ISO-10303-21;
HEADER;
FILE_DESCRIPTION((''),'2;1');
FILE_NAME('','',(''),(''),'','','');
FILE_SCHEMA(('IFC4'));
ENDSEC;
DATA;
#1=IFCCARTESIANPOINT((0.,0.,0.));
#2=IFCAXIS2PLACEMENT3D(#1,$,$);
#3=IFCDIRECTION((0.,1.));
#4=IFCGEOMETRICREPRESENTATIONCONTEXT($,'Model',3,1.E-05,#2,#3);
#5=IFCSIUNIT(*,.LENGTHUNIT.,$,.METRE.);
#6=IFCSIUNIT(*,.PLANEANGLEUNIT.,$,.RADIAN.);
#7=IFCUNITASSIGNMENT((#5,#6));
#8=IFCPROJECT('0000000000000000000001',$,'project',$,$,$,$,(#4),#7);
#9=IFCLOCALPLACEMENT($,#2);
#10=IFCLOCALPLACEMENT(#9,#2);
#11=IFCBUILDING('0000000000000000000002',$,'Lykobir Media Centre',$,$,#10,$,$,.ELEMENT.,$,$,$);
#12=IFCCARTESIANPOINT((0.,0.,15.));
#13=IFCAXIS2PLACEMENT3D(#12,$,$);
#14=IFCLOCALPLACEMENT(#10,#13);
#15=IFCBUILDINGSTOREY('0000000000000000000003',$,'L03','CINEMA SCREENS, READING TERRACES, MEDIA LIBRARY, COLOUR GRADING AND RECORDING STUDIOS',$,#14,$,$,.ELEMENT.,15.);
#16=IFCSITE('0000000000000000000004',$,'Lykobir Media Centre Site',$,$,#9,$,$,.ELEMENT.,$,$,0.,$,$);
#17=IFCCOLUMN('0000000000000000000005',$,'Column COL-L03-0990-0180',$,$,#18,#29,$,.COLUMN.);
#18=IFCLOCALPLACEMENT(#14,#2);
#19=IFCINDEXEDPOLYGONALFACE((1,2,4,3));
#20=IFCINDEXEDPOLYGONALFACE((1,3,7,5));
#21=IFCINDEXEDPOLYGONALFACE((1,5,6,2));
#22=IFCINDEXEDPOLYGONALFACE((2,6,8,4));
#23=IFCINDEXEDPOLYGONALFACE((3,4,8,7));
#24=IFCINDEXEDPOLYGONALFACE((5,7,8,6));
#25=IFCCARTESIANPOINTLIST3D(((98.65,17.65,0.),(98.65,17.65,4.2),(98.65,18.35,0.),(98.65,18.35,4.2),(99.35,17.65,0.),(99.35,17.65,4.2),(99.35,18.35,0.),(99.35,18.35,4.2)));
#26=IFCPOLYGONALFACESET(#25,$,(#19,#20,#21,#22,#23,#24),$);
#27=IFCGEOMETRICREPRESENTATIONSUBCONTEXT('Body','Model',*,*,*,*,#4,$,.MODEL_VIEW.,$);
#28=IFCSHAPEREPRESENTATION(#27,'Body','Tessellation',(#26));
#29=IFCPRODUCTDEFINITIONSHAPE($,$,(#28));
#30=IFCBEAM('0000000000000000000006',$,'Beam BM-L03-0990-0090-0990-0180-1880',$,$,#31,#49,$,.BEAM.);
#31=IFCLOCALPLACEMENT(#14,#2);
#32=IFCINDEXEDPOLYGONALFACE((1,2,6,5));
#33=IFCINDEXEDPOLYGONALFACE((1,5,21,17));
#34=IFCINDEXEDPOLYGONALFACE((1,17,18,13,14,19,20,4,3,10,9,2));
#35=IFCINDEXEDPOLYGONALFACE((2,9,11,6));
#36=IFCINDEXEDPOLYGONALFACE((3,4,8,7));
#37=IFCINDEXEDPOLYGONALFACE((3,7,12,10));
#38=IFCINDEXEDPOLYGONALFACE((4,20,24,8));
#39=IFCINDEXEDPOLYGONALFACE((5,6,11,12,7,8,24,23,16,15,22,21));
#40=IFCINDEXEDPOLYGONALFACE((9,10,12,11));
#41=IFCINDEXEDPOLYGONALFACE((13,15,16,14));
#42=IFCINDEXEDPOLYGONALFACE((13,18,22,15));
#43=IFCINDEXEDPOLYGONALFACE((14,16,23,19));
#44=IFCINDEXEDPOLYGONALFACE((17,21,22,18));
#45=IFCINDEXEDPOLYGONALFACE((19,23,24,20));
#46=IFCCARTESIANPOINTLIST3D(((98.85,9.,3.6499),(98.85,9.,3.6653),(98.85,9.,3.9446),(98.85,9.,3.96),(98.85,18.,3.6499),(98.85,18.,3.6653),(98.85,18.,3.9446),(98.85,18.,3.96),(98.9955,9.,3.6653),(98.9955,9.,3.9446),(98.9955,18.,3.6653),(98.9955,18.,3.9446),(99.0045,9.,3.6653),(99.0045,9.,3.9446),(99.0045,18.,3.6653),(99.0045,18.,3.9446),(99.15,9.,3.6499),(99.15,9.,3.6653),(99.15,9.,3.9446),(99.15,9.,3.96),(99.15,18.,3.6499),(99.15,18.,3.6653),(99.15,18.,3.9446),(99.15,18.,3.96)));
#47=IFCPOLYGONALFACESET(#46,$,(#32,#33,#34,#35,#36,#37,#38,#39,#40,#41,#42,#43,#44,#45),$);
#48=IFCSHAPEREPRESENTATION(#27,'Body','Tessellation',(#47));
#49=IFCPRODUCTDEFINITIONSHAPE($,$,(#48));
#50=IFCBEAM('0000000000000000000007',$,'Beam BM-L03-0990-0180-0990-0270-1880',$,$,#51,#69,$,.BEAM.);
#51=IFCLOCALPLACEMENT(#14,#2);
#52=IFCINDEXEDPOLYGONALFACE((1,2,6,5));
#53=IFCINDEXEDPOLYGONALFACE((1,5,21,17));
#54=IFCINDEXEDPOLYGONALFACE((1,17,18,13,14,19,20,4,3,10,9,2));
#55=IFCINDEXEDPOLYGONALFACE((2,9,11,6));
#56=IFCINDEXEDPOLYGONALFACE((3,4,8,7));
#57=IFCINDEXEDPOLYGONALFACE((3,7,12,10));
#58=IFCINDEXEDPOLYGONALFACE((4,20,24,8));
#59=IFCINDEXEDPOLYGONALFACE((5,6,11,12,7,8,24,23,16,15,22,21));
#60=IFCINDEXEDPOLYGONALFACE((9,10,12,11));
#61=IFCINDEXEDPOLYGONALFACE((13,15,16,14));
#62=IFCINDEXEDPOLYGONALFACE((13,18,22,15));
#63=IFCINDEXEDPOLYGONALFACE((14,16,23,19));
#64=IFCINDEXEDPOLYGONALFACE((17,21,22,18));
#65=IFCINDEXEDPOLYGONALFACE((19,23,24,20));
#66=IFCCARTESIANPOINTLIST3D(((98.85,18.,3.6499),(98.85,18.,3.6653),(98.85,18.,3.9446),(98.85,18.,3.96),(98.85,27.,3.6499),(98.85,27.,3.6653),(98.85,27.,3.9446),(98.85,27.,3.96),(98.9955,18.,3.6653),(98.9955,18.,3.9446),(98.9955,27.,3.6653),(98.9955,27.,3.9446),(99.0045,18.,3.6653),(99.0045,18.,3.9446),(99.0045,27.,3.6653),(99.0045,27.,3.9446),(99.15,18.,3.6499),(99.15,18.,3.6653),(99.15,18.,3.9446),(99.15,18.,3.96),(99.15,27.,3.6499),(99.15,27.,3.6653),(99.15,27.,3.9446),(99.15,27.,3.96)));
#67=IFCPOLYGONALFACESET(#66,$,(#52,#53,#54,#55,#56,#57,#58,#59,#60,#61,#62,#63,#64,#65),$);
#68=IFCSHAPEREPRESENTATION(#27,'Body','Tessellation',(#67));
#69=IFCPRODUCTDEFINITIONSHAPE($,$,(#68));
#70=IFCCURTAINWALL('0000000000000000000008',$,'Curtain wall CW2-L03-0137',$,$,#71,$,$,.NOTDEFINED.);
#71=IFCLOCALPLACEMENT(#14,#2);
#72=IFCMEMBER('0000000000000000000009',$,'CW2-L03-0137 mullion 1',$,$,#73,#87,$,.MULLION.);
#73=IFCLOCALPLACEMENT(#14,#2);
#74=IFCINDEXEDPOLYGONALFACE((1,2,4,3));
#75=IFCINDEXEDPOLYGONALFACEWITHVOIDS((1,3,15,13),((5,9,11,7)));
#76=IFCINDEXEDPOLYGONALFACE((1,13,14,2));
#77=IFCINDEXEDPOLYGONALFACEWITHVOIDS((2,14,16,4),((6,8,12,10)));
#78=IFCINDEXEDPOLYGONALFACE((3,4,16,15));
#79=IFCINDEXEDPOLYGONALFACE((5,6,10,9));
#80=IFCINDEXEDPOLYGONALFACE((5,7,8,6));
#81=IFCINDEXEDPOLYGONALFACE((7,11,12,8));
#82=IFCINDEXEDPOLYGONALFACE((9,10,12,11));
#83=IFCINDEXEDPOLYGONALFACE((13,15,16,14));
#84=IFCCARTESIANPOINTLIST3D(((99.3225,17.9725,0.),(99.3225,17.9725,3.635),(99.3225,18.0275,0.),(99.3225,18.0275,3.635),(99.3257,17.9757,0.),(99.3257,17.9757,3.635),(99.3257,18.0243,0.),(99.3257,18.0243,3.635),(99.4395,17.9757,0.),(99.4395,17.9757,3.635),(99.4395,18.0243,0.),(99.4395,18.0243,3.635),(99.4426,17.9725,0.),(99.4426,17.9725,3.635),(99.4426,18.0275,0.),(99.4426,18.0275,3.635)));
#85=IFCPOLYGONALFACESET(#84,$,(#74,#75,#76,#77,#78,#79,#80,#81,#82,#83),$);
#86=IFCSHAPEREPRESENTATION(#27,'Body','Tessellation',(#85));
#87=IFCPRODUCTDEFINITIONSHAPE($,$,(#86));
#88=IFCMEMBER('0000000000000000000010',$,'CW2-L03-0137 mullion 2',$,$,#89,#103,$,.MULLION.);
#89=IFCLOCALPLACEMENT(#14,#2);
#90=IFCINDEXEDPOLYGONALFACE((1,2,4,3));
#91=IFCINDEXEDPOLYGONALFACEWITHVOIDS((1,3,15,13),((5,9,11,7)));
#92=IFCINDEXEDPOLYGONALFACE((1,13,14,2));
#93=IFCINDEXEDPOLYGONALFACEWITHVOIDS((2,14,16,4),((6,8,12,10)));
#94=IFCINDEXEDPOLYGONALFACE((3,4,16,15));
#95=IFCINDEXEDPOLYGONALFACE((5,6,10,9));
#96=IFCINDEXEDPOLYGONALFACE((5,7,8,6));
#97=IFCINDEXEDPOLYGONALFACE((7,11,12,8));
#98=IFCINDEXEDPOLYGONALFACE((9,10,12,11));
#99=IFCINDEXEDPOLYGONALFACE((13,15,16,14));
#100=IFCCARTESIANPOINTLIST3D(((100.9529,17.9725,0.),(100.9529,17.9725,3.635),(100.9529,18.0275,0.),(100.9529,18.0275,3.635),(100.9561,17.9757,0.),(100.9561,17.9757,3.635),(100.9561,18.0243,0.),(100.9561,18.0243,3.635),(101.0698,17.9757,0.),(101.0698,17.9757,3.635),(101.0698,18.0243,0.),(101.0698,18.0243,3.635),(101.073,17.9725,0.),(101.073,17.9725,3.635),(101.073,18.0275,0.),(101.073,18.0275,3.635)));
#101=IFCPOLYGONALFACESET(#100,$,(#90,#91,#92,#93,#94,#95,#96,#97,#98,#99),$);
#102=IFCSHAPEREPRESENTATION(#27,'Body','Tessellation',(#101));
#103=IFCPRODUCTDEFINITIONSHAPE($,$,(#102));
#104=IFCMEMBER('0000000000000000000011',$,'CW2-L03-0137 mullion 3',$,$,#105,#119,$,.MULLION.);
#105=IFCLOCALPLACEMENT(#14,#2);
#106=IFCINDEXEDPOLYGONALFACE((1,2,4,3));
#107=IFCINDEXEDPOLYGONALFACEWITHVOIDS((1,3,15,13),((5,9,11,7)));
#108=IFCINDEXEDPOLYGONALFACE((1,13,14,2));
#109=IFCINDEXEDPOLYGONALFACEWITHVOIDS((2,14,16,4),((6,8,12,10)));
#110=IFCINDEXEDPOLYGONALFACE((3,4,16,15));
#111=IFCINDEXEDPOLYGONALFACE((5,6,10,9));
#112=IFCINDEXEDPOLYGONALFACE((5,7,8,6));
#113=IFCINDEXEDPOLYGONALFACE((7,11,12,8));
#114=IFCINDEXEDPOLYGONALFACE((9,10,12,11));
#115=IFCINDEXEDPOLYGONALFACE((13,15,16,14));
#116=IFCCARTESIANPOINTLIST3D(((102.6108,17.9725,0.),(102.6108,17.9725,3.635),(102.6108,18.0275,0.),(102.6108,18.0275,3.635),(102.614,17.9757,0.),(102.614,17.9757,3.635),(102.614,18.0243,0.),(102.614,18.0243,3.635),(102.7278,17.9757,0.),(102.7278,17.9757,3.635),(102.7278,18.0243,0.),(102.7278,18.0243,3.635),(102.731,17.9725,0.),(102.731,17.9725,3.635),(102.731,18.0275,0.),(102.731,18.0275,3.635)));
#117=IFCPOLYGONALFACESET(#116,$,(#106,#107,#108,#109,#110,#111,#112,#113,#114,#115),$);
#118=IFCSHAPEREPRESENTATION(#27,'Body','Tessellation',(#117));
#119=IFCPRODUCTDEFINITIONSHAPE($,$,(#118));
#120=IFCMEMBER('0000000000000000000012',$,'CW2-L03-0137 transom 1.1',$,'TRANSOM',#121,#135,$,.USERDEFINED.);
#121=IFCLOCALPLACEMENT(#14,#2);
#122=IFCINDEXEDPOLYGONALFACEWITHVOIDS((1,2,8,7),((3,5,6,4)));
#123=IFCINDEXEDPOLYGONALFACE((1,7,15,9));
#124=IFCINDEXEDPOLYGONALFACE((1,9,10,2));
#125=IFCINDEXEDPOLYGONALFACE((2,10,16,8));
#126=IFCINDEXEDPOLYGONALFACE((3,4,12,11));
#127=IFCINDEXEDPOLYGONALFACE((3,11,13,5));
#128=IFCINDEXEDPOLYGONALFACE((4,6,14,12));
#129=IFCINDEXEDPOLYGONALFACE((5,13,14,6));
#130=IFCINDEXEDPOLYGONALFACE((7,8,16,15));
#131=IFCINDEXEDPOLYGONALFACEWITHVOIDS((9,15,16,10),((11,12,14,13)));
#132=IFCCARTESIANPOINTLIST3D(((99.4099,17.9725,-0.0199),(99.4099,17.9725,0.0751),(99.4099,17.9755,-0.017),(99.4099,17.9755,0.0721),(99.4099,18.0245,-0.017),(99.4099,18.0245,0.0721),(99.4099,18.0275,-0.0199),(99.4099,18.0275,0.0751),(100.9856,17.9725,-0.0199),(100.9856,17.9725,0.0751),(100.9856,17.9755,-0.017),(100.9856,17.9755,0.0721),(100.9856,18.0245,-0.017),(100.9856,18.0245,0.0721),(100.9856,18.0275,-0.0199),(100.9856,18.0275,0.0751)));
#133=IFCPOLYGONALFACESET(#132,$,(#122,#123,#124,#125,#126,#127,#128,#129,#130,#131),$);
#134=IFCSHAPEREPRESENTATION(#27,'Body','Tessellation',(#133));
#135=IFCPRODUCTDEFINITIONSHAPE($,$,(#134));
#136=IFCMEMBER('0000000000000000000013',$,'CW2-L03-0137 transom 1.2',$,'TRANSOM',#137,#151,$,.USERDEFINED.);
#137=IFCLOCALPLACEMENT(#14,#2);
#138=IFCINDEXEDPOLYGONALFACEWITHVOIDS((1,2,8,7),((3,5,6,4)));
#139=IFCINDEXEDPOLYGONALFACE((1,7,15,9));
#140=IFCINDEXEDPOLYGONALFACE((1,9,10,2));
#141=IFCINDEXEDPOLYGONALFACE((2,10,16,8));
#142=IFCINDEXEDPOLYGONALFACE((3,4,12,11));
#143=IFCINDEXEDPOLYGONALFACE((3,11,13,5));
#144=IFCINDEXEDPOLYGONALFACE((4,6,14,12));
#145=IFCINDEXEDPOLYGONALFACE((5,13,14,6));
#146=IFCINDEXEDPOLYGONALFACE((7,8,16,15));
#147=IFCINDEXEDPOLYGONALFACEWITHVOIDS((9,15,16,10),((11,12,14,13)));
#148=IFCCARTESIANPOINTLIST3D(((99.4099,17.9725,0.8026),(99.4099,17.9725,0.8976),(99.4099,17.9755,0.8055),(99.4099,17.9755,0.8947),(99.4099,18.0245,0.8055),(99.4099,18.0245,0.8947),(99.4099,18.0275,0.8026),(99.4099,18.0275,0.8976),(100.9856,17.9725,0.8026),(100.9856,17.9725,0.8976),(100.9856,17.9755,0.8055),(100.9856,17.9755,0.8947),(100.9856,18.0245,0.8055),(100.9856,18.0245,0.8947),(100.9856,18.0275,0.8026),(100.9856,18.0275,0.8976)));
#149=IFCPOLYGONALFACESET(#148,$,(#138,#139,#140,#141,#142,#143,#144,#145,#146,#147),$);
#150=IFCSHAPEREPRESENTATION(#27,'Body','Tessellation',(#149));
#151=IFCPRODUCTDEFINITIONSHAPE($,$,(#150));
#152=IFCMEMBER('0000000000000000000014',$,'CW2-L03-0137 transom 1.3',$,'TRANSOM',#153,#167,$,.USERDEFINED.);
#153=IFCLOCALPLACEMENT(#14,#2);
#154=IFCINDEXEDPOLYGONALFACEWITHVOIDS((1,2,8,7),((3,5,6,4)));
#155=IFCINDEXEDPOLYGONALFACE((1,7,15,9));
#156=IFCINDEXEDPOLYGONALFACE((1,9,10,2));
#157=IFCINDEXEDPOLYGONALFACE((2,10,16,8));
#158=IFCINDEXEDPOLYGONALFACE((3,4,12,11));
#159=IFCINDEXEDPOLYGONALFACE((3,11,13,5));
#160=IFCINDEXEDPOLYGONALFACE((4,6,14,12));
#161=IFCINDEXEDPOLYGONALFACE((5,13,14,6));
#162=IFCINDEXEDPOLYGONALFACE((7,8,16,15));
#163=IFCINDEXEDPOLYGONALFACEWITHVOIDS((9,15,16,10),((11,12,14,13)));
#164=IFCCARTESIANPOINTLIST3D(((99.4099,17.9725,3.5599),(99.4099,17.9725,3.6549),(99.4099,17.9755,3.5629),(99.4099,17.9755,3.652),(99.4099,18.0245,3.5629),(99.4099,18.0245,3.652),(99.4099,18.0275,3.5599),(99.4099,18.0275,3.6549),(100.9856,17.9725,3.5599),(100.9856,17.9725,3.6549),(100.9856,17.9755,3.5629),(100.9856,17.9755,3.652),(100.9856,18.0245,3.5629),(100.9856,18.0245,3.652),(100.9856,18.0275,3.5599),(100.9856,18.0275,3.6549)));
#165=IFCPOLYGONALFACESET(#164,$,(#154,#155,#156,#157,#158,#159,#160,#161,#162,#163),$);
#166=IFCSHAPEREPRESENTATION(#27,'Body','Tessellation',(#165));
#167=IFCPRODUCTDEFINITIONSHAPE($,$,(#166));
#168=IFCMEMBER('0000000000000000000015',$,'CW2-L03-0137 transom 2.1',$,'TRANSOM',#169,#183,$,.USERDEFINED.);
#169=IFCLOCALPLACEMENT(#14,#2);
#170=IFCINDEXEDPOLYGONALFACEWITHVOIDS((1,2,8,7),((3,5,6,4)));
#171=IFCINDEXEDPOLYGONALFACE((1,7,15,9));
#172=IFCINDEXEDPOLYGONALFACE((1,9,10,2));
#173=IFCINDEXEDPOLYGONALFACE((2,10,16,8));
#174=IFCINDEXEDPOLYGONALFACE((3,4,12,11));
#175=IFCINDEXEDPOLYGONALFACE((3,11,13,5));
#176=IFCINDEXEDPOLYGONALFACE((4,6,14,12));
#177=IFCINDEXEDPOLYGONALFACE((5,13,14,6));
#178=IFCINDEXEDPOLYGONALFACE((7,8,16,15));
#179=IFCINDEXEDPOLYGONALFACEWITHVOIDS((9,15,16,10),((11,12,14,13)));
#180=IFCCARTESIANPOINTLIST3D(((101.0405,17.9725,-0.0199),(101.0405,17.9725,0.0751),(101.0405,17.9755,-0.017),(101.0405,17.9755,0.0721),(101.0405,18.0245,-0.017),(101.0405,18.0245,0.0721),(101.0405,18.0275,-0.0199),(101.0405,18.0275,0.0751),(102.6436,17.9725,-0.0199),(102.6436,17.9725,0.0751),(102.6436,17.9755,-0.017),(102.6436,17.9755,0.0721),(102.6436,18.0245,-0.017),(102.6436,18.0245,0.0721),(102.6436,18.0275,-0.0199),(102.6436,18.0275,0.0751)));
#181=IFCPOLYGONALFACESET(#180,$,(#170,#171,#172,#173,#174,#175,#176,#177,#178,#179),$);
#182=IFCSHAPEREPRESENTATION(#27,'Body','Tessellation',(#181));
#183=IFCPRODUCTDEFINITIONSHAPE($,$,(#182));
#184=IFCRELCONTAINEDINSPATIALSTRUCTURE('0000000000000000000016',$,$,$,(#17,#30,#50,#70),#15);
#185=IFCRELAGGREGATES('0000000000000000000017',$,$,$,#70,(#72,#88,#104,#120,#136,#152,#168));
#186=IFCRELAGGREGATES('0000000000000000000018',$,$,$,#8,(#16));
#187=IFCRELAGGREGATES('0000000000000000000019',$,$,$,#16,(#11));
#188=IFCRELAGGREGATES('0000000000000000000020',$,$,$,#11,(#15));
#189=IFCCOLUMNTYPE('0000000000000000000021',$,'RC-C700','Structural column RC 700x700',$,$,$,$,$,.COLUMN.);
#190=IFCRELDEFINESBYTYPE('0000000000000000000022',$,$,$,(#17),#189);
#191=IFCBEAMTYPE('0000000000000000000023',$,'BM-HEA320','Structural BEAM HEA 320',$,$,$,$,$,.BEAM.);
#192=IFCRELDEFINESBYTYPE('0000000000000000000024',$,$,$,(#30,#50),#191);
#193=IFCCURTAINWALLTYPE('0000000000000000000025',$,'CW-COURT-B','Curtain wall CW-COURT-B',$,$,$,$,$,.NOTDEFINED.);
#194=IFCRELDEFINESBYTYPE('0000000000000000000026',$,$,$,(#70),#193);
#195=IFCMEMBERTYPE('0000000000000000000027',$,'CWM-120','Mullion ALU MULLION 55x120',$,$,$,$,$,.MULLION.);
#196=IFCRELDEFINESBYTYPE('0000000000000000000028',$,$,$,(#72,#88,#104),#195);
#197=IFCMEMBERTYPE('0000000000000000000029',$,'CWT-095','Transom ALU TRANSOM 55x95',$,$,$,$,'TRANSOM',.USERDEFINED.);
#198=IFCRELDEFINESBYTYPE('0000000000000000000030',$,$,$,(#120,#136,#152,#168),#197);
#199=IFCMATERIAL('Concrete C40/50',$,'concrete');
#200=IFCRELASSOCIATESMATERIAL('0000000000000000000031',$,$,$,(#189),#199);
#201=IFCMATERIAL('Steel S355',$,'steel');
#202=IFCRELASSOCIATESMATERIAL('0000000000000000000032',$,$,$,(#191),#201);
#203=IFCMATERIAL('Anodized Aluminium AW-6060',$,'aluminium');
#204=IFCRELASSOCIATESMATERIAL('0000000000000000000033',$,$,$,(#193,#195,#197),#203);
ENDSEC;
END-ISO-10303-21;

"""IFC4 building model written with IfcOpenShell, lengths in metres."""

from ifc_helpers import new_model, si_unit, direction, frame, origin, origin_2d, place, context, subcontext, project, spatial, rectangle, hollow_rectangle, i_section, extrude, material, material_profile, profile_set, type_object, element, aggregate, save


model = new_model("IFC4")

# Units and contexts
model_context = context("Model", 3, precision=1e-05, world=origin(), true_north=direction((0.0, 1.0)))
body_context = subcontext(model_context, "Body", "Model", "MODEL_VIEW")
ifc_project = project(units=[si_unit("LENGTHUNIT", "METRE"), si_unit("PLANEANGLEUNIT", "RADIAN")], contexts=[model_context])

# Site, building, storey
site_placement = place(None, origin())
site = spatial("IfcSite", under=ifc_project, at=site_placement, Name="Lykobir Media Centre Site", CompositionType="ELEMENT", RefElevation=0.0)
building_placement = place(site_placement, origin())
building = spatial("IfcBuilding", under=site, at=building_placement, Name="Lykobir Media Centre", CompositionType="ELEMENT")
storey_placement = place(building_placement, frame((0.0, 0.0, 15.0)))
storey = spatial("IfcBuildingStorey", under=building, at=storey_placement, Name="L03", Description="CINEMA SCREENS, READING TERRACES, MEDIA LIBRARY, COLOUR GRADING AND RECORDING STUDIOS", CompositionType="ELEMENT", Elevation=15.0)

# Column
ifc_material_1 = material(Name="Concrete C40/50", Category="concrete")
ifc_material_profile_1 = material_profile(ifc_material_1, rectangle(XDim=0.7, YDim=0.7, at=origin_2d()), Name="RC 700x700")
ifc_profile_set_1 = profile_set([ifc_material_profile_1], Name="Concrete C40/50")
column_type = type_object("IfcColumnType", Name="RC-C700", Description="Structural column RC 700x700", PredefinedType="COLUMN", material=ifc_profile_set_1)
column_placement = place(storey_placement, frame((99.0, 18.0, 0.0), z_axis=(0.0, 0.0, 1.0), x_axis=(1.0, 0.0, 0.0)))
element("IfcColumn", 1, at=column_placement, inside=storey, type_object=column_type, Name="Column COL-L03-0990-0180", PredefinedType="COLUMN", context=body_context, shape_type="SweptSolid", body=[
    extrude(rectangle(XDim=0.7, YDim=0.7, at=origin_2d()), origin(), (0.0, 0.0, 1.0), 4.2),
])

# Beams
ifc_material_2 = material(Name="Steel S355", Category="steel")
ifc_material_profile_2 = material_profile(ifc_material_2, i_section(OverallWidth=0.3, OverallDepth=0.3101, WebThickness=0.009, FlangeThickness=0.0154, at=origin_2d()), Name="HEA 320")
ifc_profile_set_2 = profile_set([ifc_material_profile_2], Name="Steel S355")
beam_type_1 = type_object("IfcBeamType", Name="BM-HEA320", Description="Structural BEAM HEA 320", PredefinedType="BEAM", material=ifc_profile_set_2)
for number, where, z_axis, x_axis, name in (
    (2, (99.0, 9.0, 3.8049), (0.0, 1.0, 0.0), (-1.0, 0.0, 0.0), "Beam BM-L03-0990-0090-0990-0180-1880"),
    (3, (99.0, 18.0, 3.8049), (0.0, 1.0, 0.0), (-1.0, 0.0, 0.0), "Beam BM-L03-0990-0180-0990-0270-1880"),
):
    element("IfcBeam", number, at=place(storey_placement, frame(where, z_axis=z_axis, x_axis=x_axis)), inside=storey, type_object=beam_type_1, Name=name, PredefinedType="BEAM", context=body_context, shape_type="SweptSolid", body=[
        extrude(i_section(OverallWidth=0.3, OverallDepth=0.3101, WebThickness=0.009, FlangeThickness=0.0154, at=origin_2d()), origin(), (0.0, 0.0, 1.0), 9.0),
    ])

# Curtain wall, members
ifc_material_3 = material(Name="Anodized Aluminium AW-6060", Category="aluminium")
curtain_wall_type = type_object("IfcCurtainWallType", Name="CW-COURT-B", Description="Curtain wall CW-COURT-B", PredefinedType="NOTDEFINED", material=ifc_material_3)
curtain_wall_placement = place(storey_placement, origin())
curtain_wall = element("IfcCurtainWall", 4, at=curtain_wall_placement, inside=storey, type_object=curtain_wall_type, Name="Curtain wall CW2-L03-0137", PredefinedType="NOTDEFINED")
ifc_material_profile_3 = material_profile(ifc_material_3, hollow_rectangle(XDim=0.0549, YDim=0.1201, WallThickness=0.0032, at=origin_2d()), Name="ALU MULLION 55x120")
ifc_profile_set_3 = profile_set([ifc_material_profile_3], Name="Anodized Aluminium AW-6060")
member_type_1 = type_object("IfcMemberType", Name="CWM-120", Description="Mullion ALU MULLION 55x120", PredefinedType="MULLION", material=ifc_profile_set_3)
member_1_placement = place(storey_placement, frame((99.3826, 18.0, 0.0), z_axis=(0.0, 0.0, 1.0), x_axis=(0.0, 1.0, 0.0)))
member_1 = element("IfcMember", 5, at=member_1_placement, type_object=member_type_1, Name="CW2-L03-0137 mullion 1", PredefinedType="MULLION", context=body_context, shape_type="SweptSolid", body=[
    extrude(hollow_rectangle(XDim=0.0549, YDim=0.1201, WallThickness=0.0032, at=origin_2d()), origin(), (0.0, 0.0, 1.0), 3.635),
])
member_2_placement = place(storey_placement, frame((101.0129, 18.0, 0.0), z_axis=(0.0, 0.0, 1.0), x_axis=(0.0, 1.0, 0.0)))
member_2 = element("IfcMember", 6, at=member_2_placement, type_object=member_type_1, Name="CW2-L03-0137 mullion 2", PredefinedType="MULLION", context=body_context, shape_type="SweptSolid", body=[
    extrude(hollow_rectangle(XDim=0.0549, YDim=0.1201, WallThickness=0.0032, at=origin_2d()), origin(), (0.0, 0.0, 1.0), 3.635),
])
member_3_placement = place(storey_placement, frame((102.6709, 18.0, 0.0), z_axis=(0.0, 0.0, 1.0), x_axis=(0.0, 1.0, 0.0)))
member_3 = element("IfcMember", 7, at=member_3_placement, type_object=member_type_1, Name="CW2-L03-0137 mullion 3", PredefinedType="MULLION", context=body_context, shape_type="SweptSolid", body=[
    extrude(hollow_rectangle(XDim=0.0549, YDim=0.1201, WallThickness=0.0032, at=origin_2d()), origin(), (0.0, 0.0, 1.0), 3.635),
])
ifc_material_profile_4 = material_profile(ifc_material_3, hollow_rectangle(XDim=0.0549, YDim=0.095, WallThickness=0.0029, at=origin_2d()), Name="ALU TRANSOM 55x95")
ifc_profile_set_4 = profile_set([ifc_material_profile_4], Name="Anodized Aluminium AW-6060")
member_type_2 = type_object("IfcMemberType", Name="CWT-095", Description="Transom ALU TRANSOM 55x95", ElementType="TRANSOM", PredefinedType="USERDEFINED", material=ifc_profile_set_4)
member_4_placement = place(storey_placement, frame((99.4099, 18.0, 0.0276), z_axis=(1.0, 0.0, 0.0), x_axis=(0.0, 1.0, 0.0)))
member_4 = element("IfcMember", 8, at=member_4_placement, type_object=member_type_2, Name="CW2-L03-0137 transom 1.1", ObjectType="TRANSOM", PredefinedType="USERDEFINED", context=body_context, shape_type="SweptSolid", body=[
    extrude(hollow_rectangle(XDim=0.0549, YDim=0.095, WallThickness=0.0029, at=origin_2d()), origin(), (0.0, 0.0, 1.0), 1.5757),
])
member_5_placement = place(storey_placement, frame((99.4099, 18.0, 0.8501), z_axis=(1.0, 0.0, 0.0), x_axis=(0.0, 1.0, 0.0)))
member_5 = element("IfcMember", 9, at=member_5_placement, type_object=member_type_2, Name="CW2-L03-0137 transom 1.2", ObjectType="TRANSOM", PredefinedType="USERDEFINED", context=body_context, shape_type="SweptSolid", body=[
    extrude(hollow_rectangle(XDim=0.0549, YDim=0.095, WallThickness=0.0029, at=origin_2d()), origin(), (0.0, 0.0, 1.0), 1.5757),
])
member_6_placement = place(storey_placement, frame((99.4099, 18.0, 3.6074), z_axis=(1.0, 0.0, 0.0), x_axis=(0.0, 1.0, 0.0)))
member_6 = element("IfcMember", 10, at=member_6_placement, type_object=member_type_2, Name="CW2-L03-0137 transom 1.3", ObjectType="TRANSOM", PredefinedType="USERDEFINED", context=body_context, shape_type="SweptSolid", body=[
    extrude(hollow_rectangle(XDim=0.0549, YDim=0.095, WallThickness=0.0029, at=origin_2d()), origin(), (0.0, 0.0, 1.0), 1.5757),
])
member_7_placement = place(storey_placement, frame((101.0405, 18.0, 0.0276), z_axis=(1.0, 0.0, 0.0), x_axis=(0.0, 1.0, 0.0)))
member_7 = element("IfcMember", 11, at=member_7_placement, type_object=member_type_2, Name="CW2-L03-0137 transom 2.1", ObjectType="TRANSOM", PredefinedType="USERDEFINED", context=body_context, shape_type="SweptSolid", body=[
    extrude(hollow_rectangle(XDim=0.0549, YDim=0.095, WallThickness=0.0029, at=origin_2d()), origin(), (0.0, 0.0, 1.0), 1.603),
])

aggregate(curtain_wall, [member_1, member_2, member_3, member_4, member_5, member_6, member_7])

save(model, "model.ifc")
